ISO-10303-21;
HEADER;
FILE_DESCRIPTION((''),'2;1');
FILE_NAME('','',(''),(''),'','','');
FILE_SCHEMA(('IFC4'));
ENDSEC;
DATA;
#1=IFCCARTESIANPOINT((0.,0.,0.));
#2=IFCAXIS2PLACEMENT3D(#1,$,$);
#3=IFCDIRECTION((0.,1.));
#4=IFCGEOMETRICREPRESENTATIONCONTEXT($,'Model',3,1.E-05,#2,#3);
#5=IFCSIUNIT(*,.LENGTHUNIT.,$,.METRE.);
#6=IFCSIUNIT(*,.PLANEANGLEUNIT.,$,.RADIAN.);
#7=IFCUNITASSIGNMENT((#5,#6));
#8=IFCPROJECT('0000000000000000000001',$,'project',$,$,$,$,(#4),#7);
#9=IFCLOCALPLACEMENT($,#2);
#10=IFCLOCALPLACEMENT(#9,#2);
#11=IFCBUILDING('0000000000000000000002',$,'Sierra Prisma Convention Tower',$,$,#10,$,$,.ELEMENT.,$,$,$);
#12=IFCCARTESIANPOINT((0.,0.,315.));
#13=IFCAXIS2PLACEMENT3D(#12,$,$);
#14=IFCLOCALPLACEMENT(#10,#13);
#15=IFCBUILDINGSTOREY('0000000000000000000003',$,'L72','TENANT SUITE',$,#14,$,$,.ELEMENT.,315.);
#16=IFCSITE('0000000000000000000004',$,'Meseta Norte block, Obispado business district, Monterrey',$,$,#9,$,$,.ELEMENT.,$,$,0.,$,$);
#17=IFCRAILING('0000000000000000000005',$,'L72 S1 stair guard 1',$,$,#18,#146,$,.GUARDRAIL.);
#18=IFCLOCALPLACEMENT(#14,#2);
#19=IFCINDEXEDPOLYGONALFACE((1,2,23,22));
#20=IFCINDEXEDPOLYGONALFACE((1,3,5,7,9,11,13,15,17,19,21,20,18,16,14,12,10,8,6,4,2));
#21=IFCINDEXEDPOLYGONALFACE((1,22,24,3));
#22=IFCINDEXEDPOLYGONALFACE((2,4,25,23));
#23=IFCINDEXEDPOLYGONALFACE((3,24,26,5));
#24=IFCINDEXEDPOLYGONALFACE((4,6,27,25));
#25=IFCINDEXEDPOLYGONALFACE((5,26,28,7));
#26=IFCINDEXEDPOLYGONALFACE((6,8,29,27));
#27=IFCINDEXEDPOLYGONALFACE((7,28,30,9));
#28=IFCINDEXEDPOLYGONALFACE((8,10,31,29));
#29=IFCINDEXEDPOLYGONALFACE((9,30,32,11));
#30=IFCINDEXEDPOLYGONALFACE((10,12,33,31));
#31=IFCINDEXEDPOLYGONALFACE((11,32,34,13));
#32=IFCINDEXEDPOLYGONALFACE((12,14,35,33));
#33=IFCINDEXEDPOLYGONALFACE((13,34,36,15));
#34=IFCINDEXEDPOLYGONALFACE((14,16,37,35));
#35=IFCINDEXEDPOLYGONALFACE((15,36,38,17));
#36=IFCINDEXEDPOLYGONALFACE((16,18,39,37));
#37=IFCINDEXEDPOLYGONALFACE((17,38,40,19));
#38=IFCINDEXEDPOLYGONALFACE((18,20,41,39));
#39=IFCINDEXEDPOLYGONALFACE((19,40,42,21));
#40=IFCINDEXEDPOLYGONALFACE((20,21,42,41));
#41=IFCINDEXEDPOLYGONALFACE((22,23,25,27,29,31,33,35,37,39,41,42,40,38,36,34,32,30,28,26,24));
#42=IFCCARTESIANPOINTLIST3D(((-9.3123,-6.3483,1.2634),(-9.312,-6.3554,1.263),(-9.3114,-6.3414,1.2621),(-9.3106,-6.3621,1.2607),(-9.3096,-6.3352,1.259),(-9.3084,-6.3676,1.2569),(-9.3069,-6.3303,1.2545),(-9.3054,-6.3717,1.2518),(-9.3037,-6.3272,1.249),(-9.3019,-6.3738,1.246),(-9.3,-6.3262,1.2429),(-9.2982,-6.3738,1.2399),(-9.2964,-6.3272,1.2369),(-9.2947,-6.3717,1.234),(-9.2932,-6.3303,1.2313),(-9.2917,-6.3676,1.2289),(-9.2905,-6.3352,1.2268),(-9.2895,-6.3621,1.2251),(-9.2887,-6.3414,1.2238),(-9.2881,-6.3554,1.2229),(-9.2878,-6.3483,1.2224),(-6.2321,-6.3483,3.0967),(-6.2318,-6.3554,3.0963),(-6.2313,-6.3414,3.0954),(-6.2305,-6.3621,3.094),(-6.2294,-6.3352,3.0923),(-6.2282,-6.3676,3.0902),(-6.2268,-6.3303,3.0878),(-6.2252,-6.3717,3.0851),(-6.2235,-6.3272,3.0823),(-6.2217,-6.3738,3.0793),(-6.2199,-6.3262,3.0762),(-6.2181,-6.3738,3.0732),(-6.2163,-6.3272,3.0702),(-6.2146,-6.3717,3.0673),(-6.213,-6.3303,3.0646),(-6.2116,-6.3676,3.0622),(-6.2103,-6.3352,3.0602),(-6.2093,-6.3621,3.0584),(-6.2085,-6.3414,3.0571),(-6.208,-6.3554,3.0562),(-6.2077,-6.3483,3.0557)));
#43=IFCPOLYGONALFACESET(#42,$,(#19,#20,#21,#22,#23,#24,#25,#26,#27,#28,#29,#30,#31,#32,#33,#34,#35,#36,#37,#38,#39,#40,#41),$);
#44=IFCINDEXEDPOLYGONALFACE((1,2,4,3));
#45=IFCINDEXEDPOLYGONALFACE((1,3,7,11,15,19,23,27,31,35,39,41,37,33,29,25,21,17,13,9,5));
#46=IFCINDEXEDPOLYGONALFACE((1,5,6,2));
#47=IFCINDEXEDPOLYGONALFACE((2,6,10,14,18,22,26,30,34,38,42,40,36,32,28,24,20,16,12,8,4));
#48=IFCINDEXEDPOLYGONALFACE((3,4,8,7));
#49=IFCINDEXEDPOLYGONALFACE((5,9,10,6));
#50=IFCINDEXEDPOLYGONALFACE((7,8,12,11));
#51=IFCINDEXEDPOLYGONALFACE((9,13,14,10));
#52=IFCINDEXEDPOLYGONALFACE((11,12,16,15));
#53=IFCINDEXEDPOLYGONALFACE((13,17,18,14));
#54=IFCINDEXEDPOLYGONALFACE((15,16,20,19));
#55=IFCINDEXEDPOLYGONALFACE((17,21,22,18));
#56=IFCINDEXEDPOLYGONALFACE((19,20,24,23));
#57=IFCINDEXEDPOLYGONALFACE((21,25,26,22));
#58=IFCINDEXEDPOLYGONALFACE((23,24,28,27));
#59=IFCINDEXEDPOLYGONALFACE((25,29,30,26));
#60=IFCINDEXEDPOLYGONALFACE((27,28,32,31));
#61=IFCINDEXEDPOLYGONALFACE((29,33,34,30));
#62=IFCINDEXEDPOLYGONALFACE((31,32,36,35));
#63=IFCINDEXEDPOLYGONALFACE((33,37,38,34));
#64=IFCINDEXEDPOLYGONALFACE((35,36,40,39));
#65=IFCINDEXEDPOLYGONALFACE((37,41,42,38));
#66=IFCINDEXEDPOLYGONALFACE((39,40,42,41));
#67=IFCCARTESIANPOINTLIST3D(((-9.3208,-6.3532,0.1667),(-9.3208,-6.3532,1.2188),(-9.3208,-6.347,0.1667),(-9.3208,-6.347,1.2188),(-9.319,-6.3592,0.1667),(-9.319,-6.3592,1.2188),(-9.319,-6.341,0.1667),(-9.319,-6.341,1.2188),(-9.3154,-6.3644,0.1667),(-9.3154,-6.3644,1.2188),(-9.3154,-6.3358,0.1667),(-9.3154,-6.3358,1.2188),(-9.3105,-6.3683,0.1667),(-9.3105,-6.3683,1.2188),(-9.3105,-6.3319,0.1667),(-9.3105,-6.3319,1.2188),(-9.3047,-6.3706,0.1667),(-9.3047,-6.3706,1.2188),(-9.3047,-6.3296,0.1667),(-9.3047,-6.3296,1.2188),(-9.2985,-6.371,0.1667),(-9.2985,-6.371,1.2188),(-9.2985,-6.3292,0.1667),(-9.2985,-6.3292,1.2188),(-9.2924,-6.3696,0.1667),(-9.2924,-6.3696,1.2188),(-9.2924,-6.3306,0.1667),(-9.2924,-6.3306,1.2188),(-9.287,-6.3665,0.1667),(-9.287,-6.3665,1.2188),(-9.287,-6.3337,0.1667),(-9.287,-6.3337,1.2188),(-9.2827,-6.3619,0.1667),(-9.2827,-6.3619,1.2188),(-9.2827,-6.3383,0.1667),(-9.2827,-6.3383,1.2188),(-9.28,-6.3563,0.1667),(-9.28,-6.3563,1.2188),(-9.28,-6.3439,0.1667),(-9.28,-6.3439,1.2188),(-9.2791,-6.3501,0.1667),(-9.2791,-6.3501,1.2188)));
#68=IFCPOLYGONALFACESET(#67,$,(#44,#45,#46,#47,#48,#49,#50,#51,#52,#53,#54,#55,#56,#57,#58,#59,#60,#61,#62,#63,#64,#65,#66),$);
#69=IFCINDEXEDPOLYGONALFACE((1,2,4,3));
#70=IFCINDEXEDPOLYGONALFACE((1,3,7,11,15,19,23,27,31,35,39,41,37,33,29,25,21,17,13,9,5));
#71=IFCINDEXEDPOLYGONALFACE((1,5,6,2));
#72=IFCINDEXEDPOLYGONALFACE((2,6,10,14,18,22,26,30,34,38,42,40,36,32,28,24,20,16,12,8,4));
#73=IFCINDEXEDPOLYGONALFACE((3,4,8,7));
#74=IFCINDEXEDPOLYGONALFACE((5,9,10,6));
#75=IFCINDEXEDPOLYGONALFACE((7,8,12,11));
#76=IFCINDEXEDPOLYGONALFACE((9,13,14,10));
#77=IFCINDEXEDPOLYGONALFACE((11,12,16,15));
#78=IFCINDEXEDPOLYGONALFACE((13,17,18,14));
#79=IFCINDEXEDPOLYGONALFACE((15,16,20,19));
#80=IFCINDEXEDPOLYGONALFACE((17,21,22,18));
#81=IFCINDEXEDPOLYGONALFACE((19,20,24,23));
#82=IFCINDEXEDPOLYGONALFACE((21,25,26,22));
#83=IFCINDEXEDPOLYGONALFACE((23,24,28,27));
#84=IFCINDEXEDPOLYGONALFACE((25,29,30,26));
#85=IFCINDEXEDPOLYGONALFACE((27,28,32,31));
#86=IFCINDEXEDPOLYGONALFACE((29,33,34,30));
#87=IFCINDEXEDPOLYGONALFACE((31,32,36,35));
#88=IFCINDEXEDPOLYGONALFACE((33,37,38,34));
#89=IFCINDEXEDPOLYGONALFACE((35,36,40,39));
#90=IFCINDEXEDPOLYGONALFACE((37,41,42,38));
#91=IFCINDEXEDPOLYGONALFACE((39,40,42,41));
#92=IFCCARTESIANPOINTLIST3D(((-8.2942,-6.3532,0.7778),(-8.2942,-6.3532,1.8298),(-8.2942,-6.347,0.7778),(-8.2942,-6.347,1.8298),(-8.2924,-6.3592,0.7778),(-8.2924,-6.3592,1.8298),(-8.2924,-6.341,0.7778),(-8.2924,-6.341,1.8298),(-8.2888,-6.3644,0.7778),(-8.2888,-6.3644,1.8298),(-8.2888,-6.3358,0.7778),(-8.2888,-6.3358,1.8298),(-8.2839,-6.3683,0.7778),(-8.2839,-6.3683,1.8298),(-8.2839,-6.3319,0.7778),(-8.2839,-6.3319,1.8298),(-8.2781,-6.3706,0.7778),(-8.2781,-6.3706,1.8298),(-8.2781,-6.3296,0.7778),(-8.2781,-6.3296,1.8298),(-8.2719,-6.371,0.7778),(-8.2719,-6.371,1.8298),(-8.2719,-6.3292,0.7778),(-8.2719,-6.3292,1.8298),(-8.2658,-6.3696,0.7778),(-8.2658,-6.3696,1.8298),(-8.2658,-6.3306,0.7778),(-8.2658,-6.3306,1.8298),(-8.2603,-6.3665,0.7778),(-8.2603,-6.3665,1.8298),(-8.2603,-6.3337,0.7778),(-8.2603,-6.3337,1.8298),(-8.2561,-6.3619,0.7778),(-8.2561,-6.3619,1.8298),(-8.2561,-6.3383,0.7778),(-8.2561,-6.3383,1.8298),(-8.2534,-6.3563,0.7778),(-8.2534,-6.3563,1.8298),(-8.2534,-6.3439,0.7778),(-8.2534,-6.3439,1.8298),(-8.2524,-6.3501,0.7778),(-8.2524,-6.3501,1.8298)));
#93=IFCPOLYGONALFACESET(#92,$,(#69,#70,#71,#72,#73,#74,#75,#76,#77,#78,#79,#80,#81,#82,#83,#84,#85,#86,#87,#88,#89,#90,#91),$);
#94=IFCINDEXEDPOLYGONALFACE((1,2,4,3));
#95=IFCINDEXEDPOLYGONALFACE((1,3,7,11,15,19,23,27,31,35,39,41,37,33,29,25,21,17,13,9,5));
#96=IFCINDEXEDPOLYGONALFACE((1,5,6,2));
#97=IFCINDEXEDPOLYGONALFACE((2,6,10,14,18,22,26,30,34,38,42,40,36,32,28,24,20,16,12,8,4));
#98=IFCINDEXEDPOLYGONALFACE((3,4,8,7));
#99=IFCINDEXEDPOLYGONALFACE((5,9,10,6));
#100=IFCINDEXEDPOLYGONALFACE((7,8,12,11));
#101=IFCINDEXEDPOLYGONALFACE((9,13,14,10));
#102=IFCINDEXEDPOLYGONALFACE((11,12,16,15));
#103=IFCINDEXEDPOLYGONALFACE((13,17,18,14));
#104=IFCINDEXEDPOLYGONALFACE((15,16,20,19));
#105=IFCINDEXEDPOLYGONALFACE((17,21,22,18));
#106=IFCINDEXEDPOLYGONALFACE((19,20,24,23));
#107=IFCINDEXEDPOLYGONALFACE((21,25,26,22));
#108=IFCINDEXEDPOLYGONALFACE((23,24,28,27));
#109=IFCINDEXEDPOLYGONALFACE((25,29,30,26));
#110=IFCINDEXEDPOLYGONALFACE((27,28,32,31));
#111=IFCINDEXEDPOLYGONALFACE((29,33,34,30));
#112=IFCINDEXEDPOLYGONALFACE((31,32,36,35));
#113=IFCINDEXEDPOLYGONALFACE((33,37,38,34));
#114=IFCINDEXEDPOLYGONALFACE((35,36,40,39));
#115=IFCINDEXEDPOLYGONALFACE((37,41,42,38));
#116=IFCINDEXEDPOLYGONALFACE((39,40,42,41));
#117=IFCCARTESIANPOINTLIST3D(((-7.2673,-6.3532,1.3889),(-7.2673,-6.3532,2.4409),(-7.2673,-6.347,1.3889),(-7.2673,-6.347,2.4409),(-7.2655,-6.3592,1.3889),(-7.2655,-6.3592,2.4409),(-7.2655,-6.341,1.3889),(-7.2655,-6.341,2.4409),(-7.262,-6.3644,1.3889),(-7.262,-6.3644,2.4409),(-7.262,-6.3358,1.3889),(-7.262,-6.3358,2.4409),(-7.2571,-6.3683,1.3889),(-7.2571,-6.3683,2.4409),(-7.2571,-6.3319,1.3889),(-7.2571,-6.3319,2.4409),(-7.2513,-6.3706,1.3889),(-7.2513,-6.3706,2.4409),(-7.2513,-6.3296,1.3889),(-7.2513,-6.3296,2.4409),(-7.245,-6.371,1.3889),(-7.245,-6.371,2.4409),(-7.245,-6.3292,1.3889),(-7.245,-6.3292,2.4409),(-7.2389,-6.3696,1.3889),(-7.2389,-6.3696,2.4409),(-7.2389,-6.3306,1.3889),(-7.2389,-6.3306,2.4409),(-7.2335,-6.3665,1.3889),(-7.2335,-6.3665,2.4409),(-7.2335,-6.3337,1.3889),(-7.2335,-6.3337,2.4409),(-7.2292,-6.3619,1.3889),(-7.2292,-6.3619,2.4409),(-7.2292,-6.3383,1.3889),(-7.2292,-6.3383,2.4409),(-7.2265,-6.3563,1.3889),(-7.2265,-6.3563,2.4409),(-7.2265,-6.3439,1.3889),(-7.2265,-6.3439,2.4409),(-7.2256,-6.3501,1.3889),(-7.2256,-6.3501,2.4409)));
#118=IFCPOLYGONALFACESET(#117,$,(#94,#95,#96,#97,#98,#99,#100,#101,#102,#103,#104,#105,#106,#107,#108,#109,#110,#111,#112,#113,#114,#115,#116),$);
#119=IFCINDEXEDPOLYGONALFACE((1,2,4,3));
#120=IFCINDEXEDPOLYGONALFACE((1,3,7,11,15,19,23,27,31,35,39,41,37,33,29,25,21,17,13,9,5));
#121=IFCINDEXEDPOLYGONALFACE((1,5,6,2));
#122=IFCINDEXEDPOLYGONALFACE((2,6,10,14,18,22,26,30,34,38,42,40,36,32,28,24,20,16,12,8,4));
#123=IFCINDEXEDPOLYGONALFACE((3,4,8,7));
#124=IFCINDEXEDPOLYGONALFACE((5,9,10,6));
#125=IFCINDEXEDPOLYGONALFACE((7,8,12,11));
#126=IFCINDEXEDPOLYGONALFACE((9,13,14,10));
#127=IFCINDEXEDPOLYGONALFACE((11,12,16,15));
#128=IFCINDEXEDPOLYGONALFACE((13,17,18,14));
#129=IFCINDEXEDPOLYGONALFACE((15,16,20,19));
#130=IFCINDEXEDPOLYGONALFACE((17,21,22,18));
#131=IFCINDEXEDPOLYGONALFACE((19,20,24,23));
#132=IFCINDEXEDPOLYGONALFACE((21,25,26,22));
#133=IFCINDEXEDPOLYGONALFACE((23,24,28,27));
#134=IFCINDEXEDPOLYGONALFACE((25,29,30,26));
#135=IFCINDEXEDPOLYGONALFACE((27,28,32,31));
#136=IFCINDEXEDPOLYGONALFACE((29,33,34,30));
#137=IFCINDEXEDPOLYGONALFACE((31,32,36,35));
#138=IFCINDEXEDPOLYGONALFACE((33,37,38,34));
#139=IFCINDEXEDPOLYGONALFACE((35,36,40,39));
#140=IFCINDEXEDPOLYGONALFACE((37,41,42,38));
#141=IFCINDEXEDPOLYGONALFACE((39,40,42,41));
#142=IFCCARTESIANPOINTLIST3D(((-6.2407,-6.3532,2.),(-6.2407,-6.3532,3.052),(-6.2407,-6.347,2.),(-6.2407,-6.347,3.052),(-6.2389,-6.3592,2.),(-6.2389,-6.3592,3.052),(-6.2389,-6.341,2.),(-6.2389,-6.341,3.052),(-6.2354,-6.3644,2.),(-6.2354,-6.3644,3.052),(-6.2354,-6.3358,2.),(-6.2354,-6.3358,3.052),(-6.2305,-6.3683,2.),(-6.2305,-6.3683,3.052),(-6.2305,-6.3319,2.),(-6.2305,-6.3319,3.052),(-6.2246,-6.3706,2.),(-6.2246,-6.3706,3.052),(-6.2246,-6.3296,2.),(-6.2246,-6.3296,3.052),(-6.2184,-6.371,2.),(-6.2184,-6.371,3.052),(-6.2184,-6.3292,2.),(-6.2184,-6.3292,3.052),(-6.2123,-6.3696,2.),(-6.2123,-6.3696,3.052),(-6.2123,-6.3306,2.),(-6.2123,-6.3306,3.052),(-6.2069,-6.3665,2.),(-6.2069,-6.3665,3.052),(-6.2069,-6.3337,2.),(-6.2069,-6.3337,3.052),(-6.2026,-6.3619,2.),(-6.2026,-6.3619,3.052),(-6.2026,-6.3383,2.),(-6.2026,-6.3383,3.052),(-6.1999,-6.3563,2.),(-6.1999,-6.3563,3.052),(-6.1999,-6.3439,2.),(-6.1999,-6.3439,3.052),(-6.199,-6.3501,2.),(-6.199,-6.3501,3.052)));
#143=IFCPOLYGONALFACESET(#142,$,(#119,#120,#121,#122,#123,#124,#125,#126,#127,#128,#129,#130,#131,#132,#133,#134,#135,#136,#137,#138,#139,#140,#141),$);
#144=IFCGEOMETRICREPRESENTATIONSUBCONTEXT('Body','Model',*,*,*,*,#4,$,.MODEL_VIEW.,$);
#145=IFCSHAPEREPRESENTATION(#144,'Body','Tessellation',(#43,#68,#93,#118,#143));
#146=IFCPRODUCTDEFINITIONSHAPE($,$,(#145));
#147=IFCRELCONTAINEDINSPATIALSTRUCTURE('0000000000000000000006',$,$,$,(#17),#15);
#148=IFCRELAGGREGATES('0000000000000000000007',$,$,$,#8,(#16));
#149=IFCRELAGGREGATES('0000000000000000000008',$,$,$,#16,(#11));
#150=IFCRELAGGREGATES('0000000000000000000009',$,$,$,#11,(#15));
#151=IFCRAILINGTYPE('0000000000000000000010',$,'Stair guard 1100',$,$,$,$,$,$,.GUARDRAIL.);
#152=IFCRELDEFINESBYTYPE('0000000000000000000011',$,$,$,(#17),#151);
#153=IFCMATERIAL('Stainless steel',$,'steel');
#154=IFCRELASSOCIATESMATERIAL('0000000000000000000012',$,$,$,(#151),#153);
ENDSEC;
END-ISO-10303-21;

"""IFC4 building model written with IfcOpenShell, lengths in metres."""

from ifc_helpers import new_model, si_unit, direction, frame, origin, origin_2d, place, context, subcontext, project, spatial, circle, extrude, material, type_object, element, save


model = new_model("IFC4")

# Units and contexts
model_context = context("Model", 3, precision=1e-05, world=origin(), true_north=direction((0.0, 1.0)))
body_context = subcontext(model_context, "Body", "Model", "MODEL_VIEW")
ifc_project = project(units=[si_unit("LENGTHUNIT", "METRE"), si_unit("PLANEANGLEUNIT", "RADIAN")], contexts=[model_context])

# Site, building, storey
site_placement = place(None, origin())
site = spatial("IfcSite", under=ifc_project, at=site_placement, Name="Meseta Norte block, Obispado business district, Monterrey", CompositionType="ELEMENT", RefElevation=0.0)
building_placement = place(site_placement, origin())
building = spatial("IfcBuilding", under=site, at=building_placement, Name="Sierra Prisma Convention Tower", CompositionType="ELEMENT")
storey_placement = place(building_placement, frame((0.0, 0.0, 315.0)))
storey = spatial("IfcBuildingStorey", under=building, at=storey_placement, Name="L72", Description="TENANT SUITE", CompositionType="ELEMENT", Elevation=315.0)

# Railing
ifc_material_1 = material(Name="Stainless steel", Category="steel")
railing_type_1 = type_object("IfcRailingType", Name="Stair guard 1100", PredefinedType="GUARDRAIL", material=ifc_material_1)
railing_1_placement = place(storey_placement, frame((-9.3, -6.3501, 0.1667)))
element("IfcRailing", 1, at=railing_1_placement, inside=storey, type_object=railing_type_1, Name="L72 S1 stair guard 1", PredefinedType="GUARDRAIL", context=body_context, shape_type="SweptSolid", body=[
    extrude(circle(Radius=0.0239, at=origin_2d()), frame((0.0, 0.0, 1.0762), z_axis=(0.859309, 0.0, 0.511458), x_axis=(0.0, 1.0, 0.0)), (0.0, 0.0, 1.0), 3.5845),
    extrude(circle(Radius=0.021, at=origin_2d()), origin(), (0.0, 0.0, 1.0), 1.052),
    extrude(circle(Radius=0.021, at=origin_2d()), frame((1.0266, 0.0, 0.6111)), (0.0, 0.0, 1.0), 1.052),
    extrude(circle(Radius=0.021, at=origin_2d()), frame((2.0535, 0.0, 1.2222)), (0.0, 0.0, 1.0), 1.052),
    extrude(circle(Radius=0.021, at=origin_2d()), frame((3.0801, 0.0, 1.8333)), (0.0, 0.0, 1.0), 1.052),
])

save(model, "model.ifc")
